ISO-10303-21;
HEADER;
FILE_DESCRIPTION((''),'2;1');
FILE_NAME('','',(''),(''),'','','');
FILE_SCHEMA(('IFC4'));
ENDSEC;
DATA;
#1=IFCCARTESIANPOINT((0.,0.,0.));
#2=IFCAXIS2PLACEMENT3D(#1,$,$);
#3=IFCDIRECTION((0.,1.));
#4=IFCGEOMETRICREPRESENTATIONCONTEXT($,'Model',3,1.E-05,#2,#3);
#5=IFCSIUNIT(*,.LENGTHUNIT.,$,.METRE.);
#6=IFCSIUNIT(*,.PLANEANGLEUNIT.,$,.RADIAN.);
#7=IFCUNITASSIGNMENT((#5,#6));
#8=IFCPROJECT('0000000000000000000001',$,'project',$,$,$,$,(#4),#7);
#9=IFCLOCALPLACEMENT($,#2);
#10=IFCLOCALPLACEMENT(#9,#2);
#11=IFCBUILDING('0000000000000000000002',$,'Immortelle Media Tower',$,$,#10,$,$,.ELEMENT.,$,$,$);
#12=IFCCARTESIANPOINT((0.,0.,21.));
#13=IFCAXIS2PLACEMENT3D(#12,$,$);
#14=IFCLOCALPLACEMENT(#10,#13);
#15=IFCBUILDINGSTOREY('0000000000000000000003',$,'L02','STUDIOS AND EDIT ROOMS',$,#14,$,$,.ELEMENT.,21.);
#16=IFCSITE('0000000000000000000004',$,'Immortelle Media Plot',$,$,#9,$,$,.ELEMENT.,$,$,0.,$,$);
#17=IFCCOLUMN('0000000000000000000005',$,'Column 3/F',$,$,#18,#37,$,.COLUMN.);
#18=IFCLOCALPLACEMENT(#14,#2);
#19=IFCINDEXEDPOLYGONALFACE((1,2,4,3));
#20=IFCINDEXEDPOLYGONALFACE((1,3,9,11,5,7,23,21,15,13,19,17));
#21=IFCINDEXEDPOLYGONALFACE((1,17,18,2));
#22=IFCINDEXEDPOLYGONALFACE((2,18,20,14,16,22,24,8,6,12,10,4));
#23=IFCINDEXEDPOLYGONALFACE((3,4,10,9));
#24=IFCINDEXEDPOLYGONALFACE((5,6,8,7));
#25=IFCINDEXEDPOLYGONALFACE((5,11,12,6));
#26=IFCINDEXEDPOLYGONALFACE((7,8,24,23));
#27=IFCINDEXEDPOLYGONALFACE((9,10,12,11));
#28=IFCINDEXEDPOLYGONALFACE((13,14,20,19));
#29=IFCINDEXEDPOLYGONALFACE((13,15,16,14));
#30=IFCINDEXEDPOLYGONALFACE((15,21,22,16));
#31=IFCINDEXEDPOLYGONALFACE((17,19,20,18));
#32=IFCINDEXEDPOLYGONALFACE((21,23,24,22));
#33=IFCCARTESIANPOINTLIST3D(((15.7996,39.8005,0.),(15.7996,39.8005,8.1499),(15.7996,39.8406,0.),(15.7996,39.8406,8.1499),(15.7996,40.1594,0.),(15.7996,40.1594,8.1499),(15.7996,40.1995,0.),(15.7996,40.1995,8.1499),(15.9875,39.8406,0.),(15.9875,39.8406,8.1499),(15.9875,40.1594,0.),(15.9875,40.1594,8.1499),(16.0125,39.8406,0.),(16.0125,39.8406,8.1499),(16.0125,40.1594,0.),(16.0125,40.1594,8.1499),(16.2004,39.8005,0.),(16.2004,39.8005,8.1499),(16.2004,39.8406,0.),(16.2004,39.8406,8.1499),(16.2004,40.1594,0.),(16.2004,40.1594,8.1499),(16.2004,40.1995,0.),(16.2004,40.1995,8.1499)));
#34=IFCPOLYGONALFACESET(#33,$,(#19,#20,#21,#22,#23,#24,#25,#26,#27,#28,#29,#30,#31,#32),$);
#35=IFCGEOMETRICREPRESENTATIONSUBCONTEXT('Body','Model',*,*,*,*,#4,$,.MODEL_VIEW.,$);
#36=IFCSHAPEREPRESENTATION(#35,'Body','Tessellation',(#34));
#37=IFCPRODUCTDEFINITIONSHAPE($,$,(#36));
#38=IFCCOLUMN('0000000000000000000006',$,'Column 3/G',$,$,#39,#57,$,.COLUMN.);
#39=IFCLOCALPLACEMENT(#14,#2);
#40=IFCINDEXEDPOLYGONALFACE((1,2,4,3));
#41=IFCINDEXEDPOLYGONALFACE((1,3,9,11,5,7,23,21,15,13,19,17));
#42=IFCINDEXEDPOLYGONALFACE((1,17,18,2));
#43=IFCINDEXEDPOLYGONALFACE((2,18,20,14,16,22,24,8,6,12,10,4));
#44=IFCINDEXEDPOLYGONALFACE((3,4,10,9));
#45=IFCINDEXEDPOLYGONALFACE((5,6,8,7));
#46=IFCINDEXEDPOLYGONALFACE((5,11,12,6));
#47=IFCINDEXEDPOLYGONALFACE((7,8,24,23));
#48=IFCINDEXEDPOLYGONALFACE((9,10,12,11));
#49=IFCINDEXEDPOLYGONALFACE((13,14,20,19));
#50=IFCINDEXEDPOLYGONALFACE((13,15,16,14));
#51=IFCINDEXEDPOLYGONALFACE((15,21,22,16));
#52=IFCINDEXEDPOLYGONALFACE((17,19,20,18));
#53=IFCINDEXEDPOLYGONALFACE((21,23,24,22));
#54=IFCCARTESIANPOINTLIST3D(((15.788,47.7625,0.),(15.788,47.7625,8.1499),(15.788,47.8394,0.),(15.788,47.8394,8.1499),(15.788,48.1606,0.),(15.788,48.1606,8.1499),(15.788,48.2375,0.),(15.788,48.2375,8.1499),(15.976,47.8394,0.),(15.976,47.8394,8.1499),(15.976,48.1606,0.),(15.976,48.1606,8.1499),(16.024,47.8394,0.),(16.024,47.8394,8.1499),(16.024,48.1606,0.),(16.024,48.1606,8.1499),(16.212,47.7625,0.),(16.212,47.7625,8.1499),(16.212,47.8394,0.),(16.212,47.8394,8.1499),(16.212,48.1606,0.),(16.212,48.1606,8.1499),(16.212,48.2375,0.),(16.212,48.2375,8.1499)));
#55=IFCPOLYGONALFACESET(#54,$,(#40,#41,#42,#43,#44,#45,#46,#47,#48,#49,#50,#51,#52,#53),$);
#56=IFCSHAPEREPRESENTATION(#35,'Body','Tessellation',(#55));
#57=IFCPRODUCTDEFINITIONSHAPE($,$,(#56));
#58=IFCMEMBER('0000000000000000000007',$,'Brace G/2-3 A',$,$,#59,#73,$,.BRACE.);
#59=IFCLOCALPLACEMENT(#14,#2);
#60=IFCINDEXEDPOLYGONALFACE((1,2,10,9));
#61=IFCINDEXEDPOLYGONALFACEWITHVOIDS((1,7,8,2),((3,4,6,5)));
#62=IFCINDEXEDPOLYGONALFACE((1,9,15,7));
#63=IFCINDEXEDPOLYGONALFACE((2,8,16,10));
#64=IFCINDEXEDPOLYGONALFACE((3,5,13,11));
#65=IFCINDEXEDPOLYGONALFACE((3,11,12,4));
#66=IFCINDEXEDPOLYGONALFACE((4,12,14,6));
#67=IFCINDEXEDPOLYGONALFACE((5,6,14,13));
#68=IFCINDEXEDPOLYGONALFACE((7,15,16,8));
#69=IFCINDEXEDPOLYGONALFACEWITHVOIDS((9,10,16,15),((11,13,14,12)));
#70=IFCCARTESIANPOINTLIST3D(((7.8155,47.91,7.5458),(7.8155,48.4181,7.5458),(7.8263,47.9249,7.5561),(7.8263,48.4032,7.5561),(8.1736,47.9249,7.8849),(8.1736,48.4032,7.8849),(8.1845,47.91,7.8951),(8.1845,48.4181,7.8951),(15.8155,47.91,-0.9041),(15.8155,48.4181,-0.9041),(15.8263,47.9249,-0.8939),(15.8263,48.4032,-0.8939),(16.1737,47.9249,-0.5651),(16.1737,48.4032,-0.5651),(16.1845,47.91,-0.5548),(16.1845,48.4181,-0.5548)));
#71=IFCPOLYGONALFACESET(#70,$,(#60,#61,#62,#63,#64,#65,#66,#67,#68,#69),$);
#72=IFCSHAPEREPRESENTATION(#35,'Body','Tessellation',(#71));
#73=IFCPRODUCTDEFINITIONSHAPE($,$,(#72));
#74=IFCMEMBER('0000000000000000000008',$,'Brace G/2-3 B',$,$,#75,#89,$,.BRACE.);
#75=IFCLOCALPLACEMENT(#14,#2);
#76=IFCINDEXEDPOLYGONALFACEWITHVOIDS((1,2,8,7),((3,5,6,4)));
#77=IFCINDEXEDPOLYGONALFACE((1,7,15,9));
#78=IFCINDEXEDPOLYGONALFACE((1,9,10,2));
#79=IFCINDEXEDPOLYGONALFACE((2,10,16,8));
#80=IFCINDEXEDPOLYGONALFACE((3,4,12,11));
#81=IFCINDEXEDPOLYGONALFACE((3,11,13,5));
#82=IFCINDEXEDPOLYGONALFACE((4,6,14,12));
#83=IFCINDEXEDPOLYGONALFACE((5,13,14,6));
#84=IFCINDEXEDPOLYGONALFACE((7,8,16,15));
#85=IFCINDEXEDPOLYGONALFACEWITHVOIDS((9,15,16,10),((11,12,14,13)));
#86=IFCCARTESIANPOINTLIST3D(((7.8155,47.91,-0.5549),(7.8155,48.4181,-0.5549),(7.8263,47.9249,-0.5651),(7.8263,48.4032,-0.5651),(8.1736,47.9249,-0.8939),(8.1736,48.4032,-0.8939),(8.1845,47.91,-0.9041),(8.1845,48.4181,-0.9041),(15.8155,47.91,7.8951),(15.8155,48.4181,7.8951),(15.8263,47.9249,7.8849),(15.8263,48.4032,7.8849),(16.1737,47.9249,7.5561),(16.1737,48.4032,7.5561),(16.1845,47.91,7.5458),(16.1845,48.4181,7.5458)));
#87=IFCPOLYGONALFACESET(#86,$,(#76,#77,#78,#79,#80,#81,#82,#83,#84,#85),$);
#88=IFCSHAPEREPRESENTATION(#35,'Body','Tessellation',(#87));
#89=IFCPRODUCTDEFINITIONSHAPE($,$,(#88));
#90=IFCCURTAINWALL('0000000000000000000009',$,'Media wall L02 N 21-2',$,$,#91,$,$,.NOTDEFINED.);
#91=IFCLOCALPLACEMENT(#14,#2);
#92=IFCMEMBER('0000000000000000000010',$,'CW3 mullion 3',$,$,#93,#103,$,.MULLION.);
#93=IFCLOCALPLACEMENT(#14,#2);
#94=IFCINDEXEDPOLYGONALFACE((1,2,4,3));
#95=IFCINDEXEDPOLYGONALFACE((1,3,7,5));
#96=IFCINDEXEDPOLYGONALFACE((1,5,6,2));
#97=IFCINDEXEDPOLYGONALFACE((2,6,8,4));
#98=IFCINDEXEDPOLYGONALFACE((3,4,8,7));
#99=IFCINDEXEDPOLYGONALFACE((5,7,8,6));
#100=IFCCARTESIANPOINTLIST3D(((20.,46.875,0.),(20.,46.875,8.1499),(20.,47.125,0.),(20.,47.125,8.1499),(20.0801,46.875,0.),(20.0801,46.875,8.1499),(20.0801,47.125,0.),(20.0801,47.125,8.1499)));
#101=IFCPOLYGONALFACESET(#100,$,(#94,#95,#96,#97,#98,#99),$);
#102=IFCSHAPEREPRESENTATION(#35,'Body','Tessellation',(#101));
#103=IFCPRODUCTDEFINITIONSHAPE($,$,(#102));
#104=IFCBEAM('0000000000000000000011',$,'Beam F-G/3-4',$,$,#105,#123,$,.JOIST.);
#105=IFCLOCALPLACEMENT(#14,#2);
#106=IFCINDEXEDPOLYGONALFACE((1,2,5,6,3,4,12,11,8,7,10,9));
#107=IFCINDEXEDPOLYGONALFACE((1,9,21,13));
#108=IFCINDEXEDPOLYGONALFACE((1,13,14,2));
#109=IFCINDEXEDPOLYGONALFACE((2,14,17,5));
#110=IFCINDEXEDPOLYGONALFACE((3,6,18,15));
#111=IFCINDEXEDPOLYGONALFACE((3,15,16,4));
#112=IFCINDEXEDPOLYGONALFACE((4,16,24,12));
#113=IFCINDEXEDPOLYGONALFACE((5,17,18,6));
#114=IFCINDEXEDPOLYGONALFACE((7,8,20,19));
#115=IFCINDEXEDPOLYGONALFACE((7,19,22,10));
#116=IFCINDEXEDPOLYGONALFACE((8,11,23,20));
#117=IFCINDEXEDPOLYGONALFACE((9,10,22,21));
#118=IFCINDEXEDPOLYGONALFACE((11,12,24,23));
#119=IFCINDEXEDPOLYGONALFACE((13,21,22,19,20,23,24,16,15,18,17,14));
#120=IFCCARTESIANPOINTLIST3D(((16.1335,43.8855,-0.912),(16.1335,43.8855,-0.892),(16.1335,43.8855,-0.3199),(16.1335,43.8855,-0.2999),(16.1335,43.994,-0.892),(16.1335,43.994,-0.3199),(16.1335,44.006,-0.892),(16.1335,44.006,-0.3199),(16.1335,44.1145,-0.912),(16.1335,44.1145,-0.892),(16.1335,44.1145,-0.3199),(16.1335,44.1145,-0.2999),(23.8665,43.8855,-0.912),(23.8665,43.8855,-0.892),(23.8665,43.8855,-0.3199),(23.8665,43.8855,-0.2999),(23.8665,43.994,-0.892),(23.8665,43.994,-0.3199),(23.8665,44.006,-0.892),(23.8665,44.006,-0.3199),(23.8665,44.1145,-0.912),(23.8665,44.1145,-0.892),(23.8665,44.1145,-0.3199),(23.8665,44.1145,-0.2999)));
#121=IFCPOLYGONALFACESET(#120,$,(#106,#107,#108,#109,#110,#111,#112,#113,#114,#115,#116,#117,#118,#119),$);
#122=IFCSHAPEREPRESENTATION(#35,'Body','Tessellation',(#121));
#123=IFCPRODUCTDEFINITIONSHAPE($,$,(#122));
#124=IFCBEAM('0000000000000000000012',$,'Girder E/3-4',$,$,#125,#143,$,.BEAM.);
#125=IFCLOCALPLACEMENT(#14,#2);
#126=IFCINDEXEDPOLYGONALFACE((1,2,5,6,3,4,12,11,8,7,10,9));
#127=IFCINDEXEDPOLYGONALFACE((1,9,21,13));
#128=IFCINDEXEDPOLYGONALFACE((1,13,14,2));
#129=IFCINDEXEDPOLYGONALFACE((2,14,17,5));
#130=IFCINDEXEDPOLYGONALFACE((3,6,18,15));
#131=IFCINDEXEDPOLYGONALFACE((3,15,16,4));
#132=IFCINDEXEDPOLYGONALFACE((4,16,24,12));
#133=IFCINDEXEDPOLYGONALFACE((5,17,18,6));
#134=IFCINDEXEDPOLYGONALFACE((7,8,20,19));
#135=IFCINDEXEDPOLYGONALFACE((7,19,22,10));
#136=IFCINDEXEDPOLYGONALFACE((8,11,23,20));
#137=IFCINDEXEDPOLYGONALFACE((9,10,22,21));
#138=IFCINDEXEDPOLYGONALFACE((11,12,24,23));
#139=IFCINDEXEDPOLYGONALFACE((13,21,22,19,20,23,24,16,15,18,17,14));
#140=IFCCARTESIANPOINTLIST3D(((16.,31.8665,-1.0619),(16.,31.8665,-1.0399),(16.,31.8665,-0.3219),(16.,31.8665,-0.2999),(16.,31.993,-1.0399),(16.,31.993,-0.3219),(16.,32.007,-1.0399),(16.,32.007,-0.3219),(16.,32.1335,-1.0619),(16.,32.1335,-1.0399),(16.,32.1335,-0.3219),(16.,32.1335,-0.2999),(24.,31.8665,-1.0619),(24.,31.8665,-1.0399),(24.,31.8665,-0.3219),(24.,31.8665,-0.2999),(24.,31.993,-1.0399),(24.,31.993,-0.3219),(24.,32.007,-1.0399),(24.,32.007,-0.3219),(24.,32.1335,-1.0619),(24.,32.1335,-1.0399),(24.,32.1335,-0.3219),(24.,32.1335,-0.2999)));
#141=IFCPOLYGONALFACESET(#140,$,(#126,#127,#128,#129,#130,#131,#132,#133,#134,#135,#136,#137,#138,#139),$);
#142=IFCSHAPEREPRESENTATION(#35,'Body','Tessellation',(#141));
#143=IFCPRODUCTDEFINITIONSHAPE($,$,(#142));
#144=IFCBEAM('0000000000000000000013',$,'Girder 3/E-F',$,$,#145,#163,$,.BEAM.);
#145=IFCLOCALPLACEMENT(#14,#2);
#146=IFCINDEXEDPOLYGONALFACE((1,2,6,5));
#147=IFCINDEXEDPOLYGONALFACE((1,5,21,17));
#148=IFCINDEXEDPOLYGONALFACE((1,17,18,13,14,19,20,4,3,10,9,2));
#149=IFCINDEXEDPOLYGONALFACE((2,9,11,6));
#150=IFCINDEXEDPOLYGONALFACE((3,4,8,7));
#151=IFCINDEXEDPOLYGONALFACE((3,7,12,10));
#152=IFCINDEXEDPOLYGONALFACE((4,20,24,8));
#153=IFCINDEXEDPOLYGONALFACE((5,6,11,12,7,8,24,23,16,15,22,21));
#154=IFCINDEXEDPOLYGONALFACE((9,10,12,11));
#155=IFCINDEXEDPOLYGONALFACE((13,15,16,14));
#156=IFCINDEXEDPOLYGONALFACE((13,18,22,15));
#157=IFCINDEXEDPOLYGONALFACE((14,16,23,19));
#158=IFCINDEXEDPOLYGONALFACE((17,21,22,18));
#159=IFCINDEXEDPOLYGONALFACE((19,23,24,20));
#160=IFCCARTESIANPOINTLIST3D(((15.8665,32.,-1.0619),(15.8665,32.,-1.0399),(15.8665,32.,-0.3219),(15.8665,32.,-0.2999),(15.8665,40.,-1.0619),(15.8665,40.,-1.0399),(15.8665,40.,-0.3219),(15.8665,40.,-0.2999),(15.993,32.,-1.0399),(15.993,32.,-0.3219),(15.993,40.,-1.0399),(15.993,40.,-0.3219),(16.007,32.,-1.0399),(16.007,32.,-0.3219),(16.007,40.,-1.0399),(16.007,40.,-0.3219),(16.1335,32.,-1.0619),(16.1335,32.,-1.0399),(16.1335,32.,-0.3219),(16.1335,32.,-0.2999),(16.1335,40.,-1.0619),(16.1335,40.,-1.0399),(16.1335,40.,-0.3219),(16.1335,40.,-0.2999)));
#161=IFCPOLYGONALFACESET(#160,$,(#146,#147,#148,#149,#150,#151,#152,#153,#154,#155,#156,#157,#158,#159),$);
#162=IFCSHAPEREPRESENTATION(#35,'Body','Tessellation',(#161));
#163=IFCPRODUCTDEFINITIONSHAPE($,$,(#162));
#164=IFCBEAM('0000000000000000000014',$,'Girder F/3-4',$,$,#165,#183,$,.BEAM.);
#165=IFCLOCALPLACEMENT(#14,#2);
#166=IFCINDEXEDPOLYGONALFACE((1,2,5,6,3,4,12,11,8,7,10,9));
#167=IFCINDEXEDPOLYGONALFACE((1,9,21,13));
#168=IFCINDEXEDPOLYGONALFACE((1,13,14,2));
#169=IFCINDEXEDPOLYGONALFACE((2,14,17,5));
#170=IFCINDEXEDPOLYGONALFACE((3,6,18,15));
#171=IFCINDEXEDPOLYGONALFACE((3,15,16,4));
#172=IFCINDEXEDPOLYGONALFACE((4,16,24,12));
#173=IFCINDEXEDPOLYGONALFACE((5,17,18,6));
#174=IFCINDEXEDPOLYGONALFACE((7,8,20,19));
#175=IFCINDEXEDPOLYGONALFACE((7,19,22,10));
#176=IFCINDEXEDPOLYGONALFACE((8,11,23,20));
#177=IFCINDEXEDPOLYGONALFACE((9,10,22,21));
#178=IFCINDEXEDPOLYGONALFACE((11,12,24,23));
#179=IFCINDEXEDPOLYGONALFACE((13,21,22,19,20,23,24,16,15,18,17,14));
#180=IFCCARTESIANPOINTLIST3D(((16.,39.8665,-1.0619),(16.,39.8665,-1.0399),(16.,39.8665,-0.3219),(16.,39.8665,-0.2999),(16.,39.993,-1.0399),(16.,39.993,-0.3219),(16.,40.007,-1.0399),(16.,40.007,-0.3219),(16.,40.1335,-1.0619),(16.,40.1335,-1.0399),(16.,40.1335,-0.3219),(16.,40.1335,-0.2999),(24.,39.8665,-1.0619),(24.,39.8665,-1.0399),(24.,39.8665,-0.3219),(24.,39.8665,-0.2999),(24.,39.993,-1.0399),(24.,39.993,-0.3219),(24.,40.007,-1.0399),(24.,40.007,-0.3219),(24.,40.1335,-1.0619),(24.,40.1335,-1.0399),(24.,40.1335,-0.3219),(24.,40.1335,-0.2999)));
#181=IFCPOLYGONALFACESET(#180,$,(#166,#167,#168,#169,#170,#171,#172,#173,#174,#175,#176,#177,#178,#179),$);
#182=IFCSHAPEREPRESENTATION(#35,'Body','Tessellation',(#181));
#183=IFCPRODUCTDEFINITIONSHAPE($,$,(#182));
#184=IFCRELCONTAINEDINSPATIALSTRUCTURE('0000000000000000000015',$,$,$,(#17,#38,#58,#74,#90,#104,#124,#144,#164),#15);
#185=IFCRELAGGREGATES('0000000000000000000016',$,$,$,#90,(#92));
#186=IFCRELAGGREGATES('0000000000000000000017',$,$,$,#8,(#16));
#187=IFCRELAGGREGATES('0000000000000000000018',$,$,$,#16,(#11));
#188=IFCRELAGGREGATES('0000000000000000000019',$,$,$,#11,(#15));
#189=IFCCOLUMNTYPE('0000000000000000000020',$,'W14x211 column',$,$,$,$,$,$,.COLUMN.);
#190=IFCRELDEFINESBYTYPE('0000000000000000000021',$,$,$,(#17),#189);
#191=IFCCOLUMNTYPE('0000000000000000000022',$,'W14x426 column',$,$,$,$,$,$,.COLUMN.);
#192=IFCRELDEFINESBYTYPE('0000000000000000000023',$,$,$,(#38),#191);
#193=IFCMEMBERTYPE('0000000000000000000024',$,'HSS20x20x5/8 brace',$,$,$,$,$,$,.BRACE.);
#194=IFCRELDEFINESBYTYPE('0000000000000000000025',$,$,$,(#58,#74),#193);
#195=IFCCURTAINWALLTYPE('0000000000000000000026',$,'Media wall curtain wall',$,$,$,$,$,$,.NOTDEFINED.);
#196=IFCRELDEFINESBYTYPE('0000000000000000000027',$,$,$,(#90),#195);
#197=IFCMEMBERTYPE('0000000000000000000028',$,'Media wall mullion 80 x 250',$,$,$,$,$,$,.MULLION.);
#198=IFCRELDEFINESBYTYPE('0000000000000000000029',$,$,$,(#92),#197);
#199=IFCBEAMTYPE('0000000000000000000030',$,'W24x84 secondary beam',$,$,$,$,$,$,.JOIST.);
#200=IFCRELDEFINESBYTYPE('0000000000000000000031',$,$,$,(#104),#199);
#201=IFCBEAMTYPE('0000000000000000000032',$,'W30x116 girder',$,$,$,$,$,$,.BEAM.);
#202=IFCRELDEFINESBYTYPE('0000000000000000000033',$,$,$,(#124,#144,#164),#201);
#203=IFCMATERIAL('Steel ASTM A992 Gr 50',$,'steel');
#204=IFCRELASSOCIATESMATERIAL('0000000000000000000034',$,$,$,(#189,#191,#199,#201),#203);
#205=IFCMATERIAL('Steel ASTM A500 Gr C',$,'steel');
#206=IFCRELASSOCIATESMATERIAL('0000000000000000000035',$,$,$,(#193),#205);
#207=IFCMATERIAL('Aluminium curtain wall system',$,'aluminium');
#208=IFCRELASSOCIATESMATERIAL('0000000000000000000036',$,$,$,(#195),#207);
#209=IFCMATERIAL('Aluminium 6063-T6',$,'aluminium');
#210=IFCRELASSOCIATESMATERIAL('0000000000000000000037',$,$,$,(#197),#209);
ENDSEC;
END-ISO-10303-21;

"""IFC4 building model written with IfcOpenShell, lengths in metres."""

from ifc_helpers import new_model, si_unit, direction, frame, origin, origin_2d, place, context, subcontext, project, spatial, rectangle, hollow_rectangle, i_section, extrude, material, material_profile, profile_set, type_object, element, aggregate, save


model = new_model("IFC4")

# Units and contexts
model_context = context("Model", 3, precision=1e-05, world=origin(), true_north=direction((0.0, 1.0)))
body_context = subcontext(model_context, "Body", "Model", "MODEL_VIEW")
ifc_project = project(units=[si_unit("LENGTHUNIT", "METRE"), si_unit("PLANEANGLEUNIT", "RADIAN")], contexts=[model_context])

# Site, building, storey
site_placement = place(None, origin())
site = spatial("IfcSite", under=ifc_project, at=site_placement, Name="Immortelle Media Plot", CompositionType="ELEMENT", RefElevation=0.0)
building_placement = place(site_placement, origin())
building = spatial("IfcBuilding", under=site, at=building_placement, Name="Immortelle Media Tower", CompositionType="ELEMENT")
storey_placement = place(building_placement, frame((0.0, 0.0, 21.0)))
storey = spatial("IfcBuildingStorey", under=building, at=storey_placement, Name="L02", Description="STUDIOS AND EDIT ROOMS", CompositionType="ELEMENT", Elevation=21.0)

# Columns
ifc_material_1 = material(Name="Steel ASTM A992 Gr 50", Category="steel")
ifc_material_profile_1 = material_profile(ifc_material_1, i_section(OverallWidth=0.4009, OverallDepth=0.3989, WebThickness=0.0249, FlangeThickness=0.04, at=origin_2d()), Name="W14x211")
ifc_profile_set_1 = profile_set([ifc_material_profile_1], Name="Steel ASTM A992 Gr 50")
column_type_1 = type_object("IfcColumnType", Name="W14x211 column", PredefinedType="COLUMN", material=ifc_profile_set_1)
column_1_placement = place(storey_placement, frame((16.0, 40.0, 0.0), z_axis=(0.0, 0.0, 1.0), x_axis=(1.0, 0.0, 0.0)))
element("IfcColumn", 1, at=column_1_placement, inside=storey, type_object=column_type_1, Name="Column 3/F", PredefinedType="COLUMN", context=body_context, shape_type="SweptSolid", body=[
    extrude(i_section(OverallWidth=0.4009, OverallDepth=0.3989, WebThickness=0.0249, FlangeThickness=0.04, at=origin_2d()), origin(), (0.0, 0.0, 1.0), 8.1499),
])
ifc_material_profile_2 = material_profile(ifc_material_1, i_section(OverallWidth=0.4241, OverallDepth=0.4751, WebThickness=0.0481, FlangeThickness=0.0769, at=origin_2d()), Name="W14x426")
ifc_profile_set_2 = profile_set([ifc_material_profile_2], Name="Steel ASTM A992 Gr 50")
column_type_2 = type_object("IfcColumnType", Name="W14x426 column", PredefinedType="COLUMN", material=ifc_profile_set_2)
column_2_placement = place(storey_placement, frame((16.0, 48.0, 0.0), z_axis=(0.0, 0.0, 1.0), x_axis=(1.0, 0.0, 0.0)))
element("IfcColumn", 2, at=column_2_placement, inside=storey, type_object=column_type_2, Name="Column 3/G", PredefinedType="COLUMN", context=body_context, shape_type="SweptSolid", body=[
    extrude(i_section(OverallWidth=0.4241, OverallDepth=0.4751, WebThickness=0.0481, FlangeThickness=0.0769, at=origin_2d()), origin(), (0.0, 0.0, 1.0), 8.1499),
])

# Members
ifc_material_2 = material(Name="Steel ASTM A500 Gr C", Category="steel")
ifc_material_profile_3 = material_profile(ifc_material_2, hollow_rectangle(XDim=0.5081, YDim=0.5081, WallThickness=0.0149, at=origin_2d()), Name="HSS20x20x5/8 brace")
ifc_profile_set_3 = profile_set([ifc_material_profile_3], Name="Steel ASTM A500 Gr C")
member_type_1 = type_object("IfcMemberType", Name="HSS20x20x5/8 brace", PredefinedType="BRACE", material=ifc_profile_set_3)
for number, where, z_axis, x_axis, name in (
    (3, (16.0, 48.1641, -0.7295), (-0.687508, 0.0, 0.726176), (0.0, -1.0, 0.0), "Brace G/2-3 A"),
    (4, (16.0, 48.1641, 7.7205), (-0.687508, 0.0, -0.726176), (0.0, -1.0, 0.0), "Brace G/2-3 B"),
):
    element("IfcMember", number, at=place(storey_placement, frame(where, z_axis=z_axis, x_axis=x_axis)), inside=storey, type_object=member_type_1, Name=name, PredefinedType="BRACE", context=body_context, shape_type="SweptSolid", body=[
        extrude(hollow_rectangle(XDim=0.5081, YDim=0.5081, WallThickness=0.0149, at=origin_2d()), origin(), (0.0, 0.0, 1.0), 11.6362),
    ])

# Curtain wall, member
ifc_material_3 = material(Name="Aluminium curtain wall system", Category="aluminium")
curtain_wall_type = type_object("IfcCurtainWallType", Name="Media wall curtain wall", PredefinedType="NOTDEFINED", material=ifc_material_3)
curtain_wall_placement = place(storey_placement, origin())
curtain_wall = element("IfcCurtainWall", 5, at=curtain_wall_placement, inside=storey, type_object=curtain_wall_type, Name="Media wall L02 N 21-2", PredefinedType="NOTDEFINED")
ifc_material_4 = material(Name="Aluminium 6063-T6", Category="aluminium")
ifc_material_profile_4 = material_profile(ifc_material_4, rectangle(XDim=0.25, YDim=0.0801, at=origin_2d()), Name="AL 80x250")
ifc_profile_set_4 = profile_set([ifc_material_profile_4], Name="Aluminium 6063-T6")
member_type_2 = type_object("IfcMemberType", Name="Media wall mullion 80 x 250", PredefinedType="MULLION", material=ifc_profile_set_4)
member_placement = place(storey_placement, frame((20.04, 47.0, 0.0), z_axis=(0.0, 0.0, 1.0), x_axis=(0.0, -1.0, 0.0)))
member = element("IfcMember", 6, at=member_placement, type_object=member_type_2, Name="CW3 mullion 3", PredefinedType="MULLION", context=body_context, shape_type="SweptSolid", body=[
    extrude(rectangle(XDim=0.25, YDim=0.0801, at=origin_2d()), origin(), (0.0, 0.0, 1.0), 8.1499),
])
aggregate(curtain_wall, [member])

# Beams
ifc_material_profile_5 = material_profile(ifc_material_1, i_section(OverallWidth=0.229, OverallDepth=0.6121, WebThickness=0.012, FlangeThickness=0.02, at=origin_2d()), Name="W24x84")
ifc_profile_set_5 = profile_set([ifc_material_profile_5], Name="Steel ASTM A992 Gr 50")
beam_type_1 = type_object("IfcBeamType", Name="W24x84 secondary beam", PredefinedType="JOIST", material=ifc_profile_set_5)
beam_1_placement = place(storey_placement, frame((16.1335, 44.0, -0.606), z_axis=(1.0, 0.0, 0.0), x_axis=(0.0, 1.0, 0.0)))
element("IfcBeam", 7, at=beam_1_placement, inside=storey, type_object=beam_type_1, Name="Beam F-G/3-4", PredefinedType="JOIST", context=body_context, shape_type="SweptSolid", body=[
    extrude(i_section(OverallWidth=0.229, OverallDepth=0.6121, WebThickness=0.012, FlangeThickness=0.02, at=origin_2d()), origin(), (0.0, 0.0, 1.0), 7.7329),
])
ifc_material_profile_6 = material_profile(ifc_material_1, i_section(OverallWidth=0.2671, OverallDepth=0.762, WebThickness=0.0139, FlangeThickness=0.022, at=origin_2d()), Name="W30x116")
ifc_profile_set_6 = profile_set([ifc_material_profile_6], Name="Steel ASTM A992 Gr 50")
beam_type_2 = type_object("IfcBeamType", Name="W30x116 girder", PredefinedType="BEAM", material=ifc_profile_set_6)
for number, where, z_axis, x_axis, name in (
    (8, (16.0, 32.0, -0.6809), (1.0, 0.0, 0.0), (0.0, 1.0, 0.0), "Girder E/3-4"),
    (9, (16.0, 32.0, -0.6809), (0.0, 1.0, 0.0), (-1.0, 0.0, 0.0), "Girder 3/E-F"),
    (10, (16.0, 40.0, -0.6809), (1.0, 0.0, 0.0), (0.0, 1.0, 0.0), "Girder F/3-4"),
):
    element("IfcBeam", number, at=place(storey_placement, frame(where, z_axis=z_axis, x_axis=x_axis)), inside=storey, type_object=beam_type_2, Name=name, PredefinedType="BEAM", context=body_context, shape_type="SweptSolid", body=[
        extrude(i_section(OverallWidth=0.2671, OverallDepth=0.762, WebThickness=0.0139, FlangeThickness=0.022, at=origin_2d()), origin(), (0.0, 0.0, 1.0), 8.0),
    ])

save(model, "model.ifc")
